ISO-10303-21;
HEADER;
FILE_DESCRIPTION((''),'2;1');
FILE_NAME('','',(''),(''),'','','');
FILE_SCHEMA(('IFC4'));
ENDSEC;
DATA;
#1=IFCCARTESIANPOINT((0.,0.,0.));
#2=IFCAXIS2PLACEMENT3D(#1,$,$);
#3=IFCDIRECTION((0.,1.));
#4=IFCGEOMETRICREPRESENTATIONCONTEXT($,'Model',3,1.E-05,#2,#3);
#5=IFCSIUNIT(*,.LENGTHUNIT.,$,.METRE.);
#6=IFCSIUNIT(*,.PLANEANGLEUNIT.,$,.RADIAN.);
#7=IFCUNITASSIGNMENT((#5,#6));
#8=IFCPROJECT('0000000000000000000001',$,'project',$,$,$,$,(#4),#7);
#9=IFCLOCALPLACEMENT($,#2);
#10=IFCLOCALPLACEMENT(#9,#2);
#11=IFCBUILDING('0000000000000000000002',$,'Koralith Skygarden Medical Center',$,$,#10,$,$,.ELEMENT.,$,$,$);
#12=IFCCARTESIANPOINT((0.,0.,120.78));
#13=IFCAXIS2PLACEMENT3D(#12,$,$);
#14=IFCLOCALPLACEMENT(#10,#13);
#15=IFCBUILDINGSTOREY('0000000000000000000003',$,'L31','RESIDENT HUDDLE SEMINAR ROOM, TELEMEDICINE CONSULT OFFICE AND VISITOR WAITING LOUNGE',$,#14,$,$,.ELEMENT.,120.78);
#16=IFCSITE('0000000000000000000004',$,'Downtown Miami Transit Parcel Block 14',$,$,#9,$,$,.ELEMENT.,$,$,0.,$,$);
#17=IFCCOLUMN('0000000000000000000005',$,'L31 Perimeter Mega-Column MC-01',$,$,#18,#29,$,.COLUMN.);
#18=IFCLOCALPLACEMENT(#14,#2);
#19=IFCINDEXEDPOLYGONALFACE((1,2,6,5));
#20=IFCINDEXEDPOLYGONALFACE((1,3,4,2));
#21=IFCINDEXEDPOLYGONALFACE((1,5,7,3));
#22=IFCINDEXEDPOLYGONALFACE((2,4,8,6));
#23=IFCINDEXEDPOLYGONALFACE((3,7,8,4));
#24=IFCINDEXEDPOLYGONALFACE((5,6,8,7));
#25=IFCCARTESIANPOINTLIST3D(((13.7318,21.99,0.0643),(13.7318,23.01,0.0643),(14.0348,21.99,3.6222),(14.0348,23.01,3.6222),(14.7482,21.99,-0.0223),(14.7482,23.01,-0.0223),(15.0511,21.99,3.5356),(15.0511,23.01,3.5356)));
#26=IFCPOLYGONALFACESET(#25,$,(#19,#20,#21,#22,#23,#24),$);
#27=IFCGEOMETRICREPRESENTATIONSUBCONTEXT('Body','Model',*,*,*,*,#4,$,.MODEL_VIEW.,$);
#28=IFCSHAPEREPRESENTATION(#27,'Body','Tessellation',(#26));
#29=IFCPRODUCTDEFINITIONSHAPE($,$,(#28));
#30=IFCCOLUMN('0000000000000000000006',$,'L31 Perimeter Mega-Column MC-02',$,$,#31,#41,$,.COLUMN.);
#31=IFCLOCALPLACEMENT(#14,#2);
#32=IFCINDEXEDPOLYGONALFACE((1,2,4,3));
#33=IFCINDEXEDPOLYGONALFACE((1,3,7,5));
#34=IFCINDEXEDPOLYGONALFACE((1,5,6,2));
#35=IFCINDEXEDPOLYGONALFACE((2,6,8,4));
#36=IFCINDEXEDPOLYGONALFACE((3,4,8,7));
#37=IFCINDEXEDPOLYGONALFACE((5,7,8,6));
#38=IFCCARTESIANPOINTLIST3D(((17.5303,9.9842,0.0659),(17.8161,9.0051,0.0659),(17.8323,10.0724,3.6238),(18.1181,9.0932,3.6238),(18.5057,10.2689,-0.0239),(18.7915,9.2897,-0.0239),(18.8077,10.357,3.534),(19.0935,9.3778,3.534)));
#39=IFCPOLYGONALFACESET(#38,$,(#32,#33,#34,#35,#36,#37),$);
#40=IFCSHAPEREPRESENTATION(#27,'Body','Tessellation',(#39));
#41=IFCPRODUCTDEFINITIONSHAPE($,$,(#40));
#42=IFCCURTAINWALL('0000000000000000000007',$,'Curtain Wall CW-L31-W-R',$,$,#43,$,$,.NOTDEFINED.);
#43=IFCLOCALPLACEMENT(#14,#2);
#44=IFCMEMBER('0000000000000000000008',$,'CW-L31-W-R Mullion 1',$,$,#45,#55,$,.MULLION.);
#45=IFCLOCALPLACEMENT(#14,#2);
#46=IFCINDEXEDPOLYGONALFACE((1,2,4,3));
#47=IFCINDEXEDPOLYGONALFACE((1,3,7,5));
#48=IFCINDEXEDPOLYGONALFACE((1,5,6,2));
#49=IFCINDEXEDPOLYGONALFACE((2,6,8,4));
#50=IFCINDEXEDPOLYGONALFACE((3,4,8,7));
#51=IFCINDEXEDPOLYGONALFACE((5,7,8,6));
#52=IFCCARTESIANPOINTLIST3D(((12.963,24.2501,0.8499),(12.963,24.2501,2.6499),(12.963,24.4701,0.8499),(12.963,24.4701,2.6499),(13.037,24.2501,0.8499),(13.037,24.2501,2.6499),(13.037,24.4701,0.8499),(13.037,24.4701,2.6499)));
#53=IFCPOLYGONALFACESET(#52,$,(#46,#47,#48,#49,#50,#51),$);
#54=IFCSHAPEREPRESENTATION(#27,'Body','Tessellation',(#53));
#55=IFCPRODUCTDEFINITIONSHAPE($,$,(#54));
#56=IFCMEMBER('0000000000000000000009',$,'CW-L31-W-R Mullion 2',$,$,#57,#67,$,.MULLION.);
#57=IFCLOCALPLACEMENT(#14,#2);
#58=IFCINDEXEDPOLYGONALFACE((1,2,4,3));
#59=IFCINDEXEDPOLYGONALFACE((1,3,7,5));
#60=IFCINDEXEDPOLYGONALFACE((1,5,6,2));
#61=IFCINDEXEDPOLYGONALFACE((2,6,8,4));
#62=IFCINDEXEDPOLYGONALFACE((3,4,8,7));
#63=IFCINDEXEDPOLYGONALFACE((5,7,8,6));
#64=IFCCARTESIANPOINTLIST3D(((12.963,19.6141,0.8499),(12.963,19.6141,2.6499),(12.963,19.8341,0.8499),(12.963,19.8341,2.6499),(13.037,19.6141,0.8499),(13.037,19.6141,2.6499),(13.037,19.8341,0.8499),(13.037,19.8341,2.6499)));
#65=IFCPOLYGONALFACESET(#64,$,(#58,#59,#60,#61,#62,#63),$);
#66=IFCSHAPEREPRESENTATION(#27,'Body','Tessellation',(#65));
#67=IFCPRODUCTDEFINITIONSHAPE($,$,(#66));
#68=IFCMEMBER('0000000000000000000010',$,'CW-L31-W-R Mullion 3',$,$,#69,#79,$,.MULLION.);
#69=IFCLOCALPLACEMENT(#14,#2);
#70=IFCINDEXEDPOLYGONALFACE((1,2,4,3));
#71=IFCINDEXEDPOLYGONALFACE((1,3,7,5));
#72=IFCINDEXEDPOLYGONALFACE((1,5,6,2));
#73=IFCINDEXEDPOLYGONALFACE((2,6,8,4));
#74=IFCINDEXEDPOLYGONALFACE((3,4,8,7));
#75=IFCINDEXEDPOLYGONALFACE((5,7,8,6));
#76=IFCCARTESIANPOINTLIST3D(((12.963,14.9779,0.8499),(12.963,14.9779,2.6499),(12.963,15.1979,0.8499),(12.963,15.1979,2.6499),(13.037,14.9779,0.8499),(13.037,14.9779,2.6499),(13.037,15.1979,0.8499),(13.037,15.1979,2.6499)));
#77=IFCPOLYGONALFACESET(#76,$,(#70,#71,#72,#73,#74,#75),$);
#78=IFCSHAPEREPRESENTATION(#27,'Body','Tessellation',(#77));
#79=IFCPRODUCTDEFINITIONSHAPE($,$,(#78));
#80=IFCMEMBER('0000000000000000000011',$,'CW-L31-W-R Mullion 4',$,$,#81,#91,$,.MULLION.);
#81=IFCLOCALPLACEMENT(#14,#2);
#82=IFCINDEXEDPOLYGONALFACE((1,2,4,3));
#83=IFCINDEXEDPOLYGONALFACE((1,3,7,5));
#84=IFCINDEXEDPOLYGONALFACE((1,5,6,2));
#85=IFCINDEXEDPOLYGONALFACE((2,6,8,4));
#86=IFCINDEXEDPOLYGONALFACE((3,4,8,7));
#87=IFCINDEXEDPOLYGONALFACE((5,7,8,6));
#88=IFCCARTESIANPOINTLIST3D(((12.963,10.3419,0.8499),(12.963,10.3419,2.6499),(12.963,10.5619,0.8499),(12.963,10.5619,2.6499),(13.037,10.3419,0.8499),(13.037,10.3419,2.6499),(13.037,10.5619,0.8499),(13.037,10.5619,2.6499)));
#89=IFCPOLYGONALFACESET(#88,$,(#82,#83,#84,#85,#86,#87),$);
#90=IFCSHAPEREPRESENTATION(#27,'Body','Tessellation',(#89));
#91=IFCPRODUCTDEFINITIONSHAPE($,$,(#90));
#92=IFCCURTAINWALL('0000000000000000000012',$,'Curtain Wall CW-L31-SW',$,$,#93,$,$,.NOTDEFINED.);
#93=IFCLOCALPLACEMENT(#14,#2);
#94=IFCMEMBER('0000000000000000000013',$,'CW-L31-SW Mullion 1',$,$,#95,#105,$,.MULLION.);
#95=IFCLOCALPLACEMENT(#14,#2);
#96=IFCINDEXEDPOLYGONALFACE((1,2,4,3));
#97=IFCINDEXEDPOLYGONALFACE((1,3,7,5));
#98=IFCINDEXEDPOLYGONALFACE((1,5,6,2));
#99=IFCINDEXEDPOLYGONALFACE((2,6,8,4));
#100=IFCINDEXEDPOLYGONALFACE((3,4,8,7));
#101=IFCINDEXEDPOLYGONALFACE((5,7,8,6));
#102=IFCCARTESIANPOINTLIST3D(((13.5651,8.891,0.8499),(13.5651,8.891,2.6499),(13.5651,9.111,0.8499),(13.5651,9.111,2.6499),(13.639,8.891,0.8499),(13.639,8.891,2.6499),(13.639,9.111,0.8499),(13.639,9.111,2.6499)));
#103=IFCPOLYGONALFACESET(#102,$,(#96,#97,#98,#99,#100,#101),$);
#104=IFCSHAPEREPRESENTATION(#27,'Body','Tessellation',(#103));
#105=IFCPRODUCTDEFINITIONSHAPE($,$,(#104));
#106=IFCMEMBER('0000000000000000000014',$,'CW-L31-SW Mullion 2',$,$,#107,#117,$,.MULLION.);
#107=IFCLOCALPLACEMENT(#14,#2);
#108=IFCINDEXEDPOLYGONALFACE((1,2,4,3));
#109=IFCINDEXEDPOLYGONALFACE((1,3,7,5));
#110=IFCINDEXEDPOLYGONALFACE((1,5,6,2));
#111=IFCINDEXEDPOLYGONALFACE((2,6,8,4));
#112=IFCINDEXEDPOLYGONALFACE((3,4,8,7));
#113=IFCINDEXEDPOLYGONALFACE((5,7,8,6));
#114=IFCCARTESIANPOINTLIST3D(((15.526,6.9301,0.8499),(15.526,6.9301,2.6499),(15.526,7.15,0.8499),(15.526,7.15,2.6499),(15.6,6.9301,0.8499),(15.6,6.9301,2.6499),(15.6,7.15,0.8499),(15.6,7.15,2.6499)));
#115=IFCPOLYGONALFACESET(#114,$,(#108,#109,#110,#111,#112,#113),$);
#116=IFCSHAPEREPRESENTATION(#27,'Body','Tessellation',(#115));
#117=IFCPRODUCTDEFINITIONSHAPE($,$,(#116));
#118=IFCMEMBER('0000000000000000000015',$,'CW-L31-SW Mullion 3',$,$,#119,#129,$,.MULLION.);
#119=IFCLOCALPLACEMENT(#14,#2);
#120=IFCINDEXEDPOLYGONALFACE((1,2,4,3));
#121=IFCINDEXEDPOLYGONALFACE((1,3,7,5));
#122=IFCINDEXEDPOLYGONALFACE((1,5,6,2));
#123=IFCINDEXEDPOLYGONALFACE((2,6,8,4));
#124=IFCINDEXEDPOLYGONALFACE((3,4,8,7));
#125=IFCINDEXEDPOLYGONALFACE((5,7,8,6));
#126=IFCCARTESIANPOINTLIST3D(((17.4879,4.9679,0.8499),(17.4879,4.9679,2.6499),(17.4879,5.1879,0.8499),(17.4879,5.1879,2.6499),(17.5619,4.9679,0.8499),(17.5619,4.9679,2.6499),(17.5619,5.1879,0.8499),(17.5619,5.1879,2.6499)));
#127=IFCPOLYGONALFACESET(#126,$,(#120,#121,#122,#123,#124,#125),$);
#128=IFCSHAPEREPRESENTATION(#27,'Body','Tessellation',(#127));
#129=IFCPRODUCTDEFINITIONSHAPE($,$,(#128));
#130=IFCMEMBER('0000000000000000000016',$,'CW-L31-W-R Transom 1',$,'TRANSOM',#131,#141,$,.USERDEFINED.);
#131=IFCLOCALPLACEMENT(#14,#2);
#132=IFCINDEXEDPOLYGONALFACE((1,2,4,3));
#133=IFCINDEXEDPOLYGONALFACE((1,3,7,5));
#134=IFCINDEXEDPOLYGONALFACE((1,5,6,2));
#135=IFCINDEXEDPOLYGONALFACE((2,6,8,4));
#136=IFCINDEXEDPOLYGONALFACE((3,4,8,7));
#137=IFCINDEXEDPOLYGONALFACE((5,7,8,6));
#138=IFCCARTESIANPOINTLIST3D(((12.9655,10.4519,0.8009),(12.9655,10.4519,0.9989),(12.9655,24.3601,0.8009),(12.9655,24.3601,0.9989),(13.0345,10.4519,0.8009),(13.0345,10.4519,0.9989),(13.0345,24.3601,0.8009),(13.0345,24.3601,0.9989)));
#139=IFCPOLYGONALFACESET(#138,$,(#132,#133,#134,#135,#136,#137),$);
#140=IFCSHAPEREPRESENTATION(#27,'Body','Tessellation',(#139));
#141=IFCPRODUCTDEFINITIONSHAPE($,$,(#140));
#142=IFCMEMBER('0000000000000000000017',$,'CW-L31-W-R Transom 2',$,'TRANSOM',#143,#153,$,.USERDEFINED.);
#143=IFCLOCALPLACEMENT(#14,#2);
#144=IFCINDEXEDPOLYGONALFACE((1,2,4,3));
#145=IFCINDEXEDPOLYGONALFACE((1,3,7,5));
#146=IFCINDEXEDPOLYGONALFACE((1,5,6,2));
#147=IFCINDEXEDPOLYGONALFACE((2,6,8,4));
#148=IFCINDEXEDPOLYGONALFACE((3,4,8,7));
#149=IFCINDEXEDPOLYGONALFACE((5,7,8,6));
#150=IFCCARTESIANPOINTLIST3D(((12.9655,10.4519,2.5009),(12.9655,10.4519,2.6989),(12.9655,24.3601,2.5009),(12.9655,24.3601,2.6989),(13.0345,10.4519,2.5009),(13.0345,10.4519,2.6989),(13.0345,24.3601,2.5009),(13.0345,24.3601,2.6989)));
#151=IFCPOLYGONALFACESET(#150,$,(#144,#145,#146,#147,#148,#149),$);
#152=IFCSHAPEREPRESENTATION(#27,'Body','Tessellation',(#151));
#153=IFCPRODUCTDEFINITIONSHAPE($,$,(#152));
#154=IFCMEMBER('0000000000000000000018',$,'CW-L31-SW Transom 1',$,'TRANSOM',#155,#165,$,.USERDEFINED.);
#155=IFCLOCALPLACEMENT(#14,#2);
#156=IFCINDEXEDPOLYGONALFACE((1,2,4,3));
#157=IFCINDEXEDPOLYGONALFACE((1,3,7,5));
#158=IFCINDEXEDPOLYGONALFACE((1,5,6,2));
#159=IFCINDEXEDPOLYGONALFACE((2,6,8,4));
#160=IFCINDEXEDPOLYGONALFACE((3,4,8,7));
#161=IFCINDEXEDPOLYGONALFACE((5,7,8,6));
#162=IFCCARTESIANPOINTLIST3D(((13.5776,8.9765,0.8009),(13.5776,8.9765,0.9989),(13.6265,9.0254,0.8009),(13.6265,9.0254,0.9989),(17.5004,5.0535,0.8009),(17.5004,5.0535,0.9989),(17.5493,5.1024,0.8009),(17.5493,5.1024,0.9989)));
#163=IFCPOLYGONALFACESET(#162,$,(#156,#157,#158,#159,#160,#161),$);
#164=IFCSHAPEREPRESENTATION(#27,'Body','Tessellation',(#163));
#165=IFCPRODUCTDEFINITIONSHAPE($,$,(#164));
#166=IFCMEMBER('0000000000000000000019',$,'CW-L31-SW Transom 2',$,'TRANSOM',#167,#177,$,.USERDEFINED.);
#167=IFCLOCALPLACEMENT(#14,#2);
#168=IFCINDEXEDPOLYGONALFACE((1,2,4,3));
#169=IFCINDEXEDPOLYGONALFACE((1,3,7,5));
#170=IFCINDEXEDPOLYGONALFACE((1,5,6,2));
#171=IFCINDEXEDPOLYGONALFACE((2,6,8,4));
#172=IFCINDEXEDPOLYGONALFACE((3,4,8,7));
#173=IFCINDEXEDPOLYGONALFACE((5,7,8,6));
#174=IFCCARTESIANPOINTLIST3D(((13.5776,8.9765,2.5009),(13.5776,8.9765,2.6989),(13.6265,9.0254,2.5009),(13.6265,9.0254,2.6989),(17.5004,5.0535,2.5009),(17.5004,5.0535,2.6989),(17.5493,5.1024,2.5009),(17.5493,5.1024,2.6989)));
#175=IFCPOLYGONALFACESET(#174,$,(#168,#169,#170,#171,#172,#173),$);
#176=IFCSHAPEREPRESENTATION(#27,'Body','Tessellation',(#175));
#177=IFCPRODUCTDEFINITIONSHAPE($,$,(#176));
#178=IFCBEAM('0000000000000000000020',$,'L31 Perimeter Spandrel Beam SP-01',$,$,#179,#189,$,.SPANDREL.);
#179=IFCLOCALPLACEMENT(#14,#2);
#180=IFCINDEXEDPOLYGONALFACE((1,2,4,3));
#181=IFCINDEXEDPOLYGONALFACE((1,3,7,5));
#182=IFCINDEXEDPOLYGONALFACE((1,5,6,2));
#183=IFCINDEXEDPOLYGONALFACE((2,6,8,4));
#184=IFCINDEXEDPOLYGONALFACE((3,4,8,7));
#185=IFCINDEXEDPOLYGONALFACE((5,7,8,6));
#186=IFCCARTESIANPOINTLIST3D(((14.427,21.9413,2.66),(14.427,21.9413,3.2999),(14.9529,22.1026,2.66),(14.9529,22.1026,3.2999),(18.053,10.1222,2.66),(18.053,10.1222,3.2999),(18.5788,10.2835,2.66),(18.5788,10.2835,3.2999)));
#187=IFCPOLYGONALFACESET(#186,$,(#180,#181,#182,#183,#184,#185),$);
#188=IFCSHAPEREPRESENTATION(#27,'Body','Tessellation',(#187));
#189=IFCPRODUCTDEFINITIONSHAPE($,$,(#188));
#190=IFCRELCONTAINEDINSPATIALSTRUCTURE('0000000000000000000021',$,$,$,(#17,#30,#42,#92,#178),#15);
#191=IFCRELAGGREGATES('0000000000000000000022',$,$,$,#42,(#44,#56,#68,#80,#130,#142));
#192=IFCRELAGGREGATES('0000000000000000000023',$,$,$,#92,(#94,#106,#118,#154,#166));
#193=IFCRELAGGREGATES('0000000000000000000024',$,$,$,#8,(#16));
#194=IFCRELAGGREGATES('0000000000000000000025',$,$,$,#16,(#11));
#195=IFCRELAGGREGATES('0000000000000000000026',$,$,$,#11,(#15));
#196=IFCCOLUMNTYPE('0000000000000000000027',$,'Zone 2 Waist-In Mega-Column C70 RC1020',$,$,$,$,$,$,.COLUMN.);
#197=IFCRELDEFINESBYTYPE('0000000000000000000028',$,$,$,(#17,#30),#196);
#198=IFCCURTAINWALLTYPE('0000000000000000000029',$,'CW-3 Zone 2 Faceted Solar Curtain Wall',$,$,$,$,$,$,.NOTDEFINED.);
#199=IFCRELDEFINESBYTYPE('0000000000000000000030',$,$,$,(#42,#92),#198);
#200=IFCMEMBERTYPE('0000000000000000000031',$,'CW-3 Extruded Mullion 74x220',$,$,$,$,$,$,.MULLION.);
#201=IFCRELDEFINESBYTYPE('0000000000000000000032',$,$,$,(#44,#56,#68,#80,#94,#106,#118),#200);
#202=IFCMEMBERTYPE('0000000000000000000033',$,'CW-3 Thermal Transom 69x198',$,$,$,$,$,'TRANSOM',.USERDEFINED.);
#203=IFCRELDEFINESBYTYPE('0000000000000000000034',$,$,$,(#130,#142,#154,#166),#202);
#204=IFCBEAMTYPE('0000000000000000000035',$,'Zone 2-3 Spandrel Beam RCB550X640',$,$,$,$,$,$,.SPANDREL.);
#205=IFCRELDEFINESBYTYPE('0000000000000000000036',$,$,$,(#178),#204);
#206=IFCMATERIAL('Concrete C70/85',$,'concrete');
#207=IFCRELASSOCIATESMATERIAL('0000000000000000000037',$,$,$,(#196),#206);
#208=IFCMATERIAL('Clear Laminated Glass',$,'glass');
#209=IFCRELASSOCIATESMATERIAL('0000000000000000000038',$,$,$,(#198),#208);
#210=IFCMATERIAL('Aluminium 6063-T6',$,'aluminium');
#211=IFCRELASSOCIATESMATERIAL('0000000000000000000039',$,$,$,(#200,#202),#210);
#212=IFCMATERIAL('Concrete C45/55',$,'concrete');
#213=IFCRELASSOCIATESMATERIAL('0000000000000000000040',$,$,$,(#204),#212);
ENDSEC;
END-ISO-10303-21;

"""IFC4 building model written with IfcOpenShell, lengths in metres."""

from ifc_helpers import new_model, si_unit, direction, frame, origin, origin_2d, place, context, subcontext, project, spatial, rectangle, extrude, material, material_profile, profile_set, type_object, element, aggregate, save


model = new_model("IFC4")

# Units and contexts
model_context = context("Model", 3, precision=1e-05, world=origin(), true_north=direction((0.0, 1.0)))
body_context = subcontext(model_context, "Body", "Model", "MODEL_VIEW")
ifc_project = project(units=[si_unit("LENGTHUNIT", "METRE"), si_unit("PLANEANGLEUNIT", "RADIAN")], contexts=[model_context])

# Site, building, storey
site_placement = place(None, origin())
site = spatial("IfcSite", under=ifc_project, at=site_placement, Name="Downtown Miami Transit Parcel Block 14", CompositionType="ELEMENT", RefElevation=0.0)
building_placement = place(site_placement, origin())
building = spatial("IfcBuilding", under=site, at=building_placement, Name="Koralith Skygarden Medical Center", CompositionType="ELEMENT")
storey_placement = place(building_placement, frame((0.0, 0.0, 120.78)))
storey = spatial("IfcBuildingStorey", under=building, at=storey_placement, Name="L31", Description="RESIDENT HUDDLE SEMINAR ROOM, TELEMEDICINE CONSULT OFFICE AND VISITOR WAITING LOUNGE", CompositionType="ELEMENT", Elevation=120.78)

# Columns
ifc_material_1 = material(Name="Concrete C70/85", Category="concrete")
ifc_material_profile_1 = material_profile(ifc_material_1, rectangle(XDim=1.02, YDim=1.02, at=origin_2d()), Name="RC1020X1020")
ifc_profile_set_1 = profile_set([ifc_material_profile_1], Name="Concrete C70/85")
column_type = type_object("IfcColumnType", Name="Zone 2 Waist-In Mega-Column C70 RC1020", PredefinedType="COLUMN", material=ifc_profile_set_1)
column_1_placement = place(storey_placement, frame((14.24, 22.5, 0.021), z_axis=(0.08485, 0.0, 0.996394), x_axis=(0.0, 1.0, 0.0)))
element("IfcColumn", 1, at=column_1_placement, inside=storey, type_object=column_type, Name="L31 Perimeter Mega-Column MC-01", PredefinedType="COLUMN", context=body_context, shape_type="SweptSolid", body=[
    extrude(rectangle(XDim=1.02, YDim=1.02, at=origin_2d()), origin(), (0.0, 0.0, 1.0), 3.5708),
])
column_2_placement = place(storey_placement, frame((18.1609, 9.637, 0.021), z_axis=(0.084553, 0.024676, 0.996113), x_axis=(-0.280149, 0.959957, 0.0)))
element("IfcColumn", 2, at=column_2_placement, inside=storey, type_object=column_type, Name="L31 Perimeter Mega-Column MC-02", PredefinedType="COLUMN", context=body_context, shape_type="SweptSolid", body=[
    extrude(rectangle(XDim=1.02, YDim=1.02, at=origin_2d()), origin(), (0.0, 0.0, 1.0), 3.5718),
])

# Curtain walls, members
ifc_material_2 = material(Name="Clear Laminated Glass", Category="glass")
curtain_wall_type = type_object("IfcCurtainWallType", Name="CW-3 Zone 2 Faceted Solar Curtain Wall", PredefinedType="NOTDEFINED", material=ifc_material_2)
curtain_wall_1_placement = place(storey_placement, origin())
curtain_wall_1 = element("IfcCurtainWall", 3, at=curtain_wall_1_placement, inside=storey, type_object=curtain_wall_type, Name="Curtain Wall CW-L31-W-R", PredefinedType="NOTDEFINED")
ifc_material_3 = material(Name="Aluminium 6063-T6", Category="aluminium")
ifc_material_profile_2 = material_profile(ifc_material_3, rectangle(XDim=0.074, YDim=0.22, at=origin_2d()), Name="MUL74X220")
ifc_profile_set_2 = profile_set([ifc_material_profile_2], Name="Aluminium 6063-T6")
member_type_1 = type_object("IfcMemberType", Name="CW-3 Extruded Mullion 74x220", PredefinedType="MULLION", material=ifc_profile_set_2)
member_1_placement = place(storey_placement, frame((13.0, 24.3601, 0.8499), z_axis=(0.0, 0.0, 1.0), x_axis=(1.0, 0.0, 0.0)))
member_1 = element("IfcMember", 4, at=member_1_placement, type_object=member_type_1, Name="CW-L31-W-R Mullion 1", PredefinedType="MULLION", context=body_context, shape_type="SweptSolid", body=[
    extrude(rectangle(XDim=0.074, YDim=0.22, at=origin_2d()), origin(), (0.0, 0.0, 1.0), 1.8),
])
member_2_placement = place(storey_placement, frame((13.0, 19.7241, 0.8499), z_axis=(0.0, 0.0, 1.0), x_axis=(1.0, 0.0, 0.0)))
member_2 = element("IfcMember", 5, at=member_2_placement, type_object=member_type_1, Name="CW-L31-W-R Mullion 2", PredefinedType="MULLION", context=body_context, shape_type="SweptSolid", body=[
    extrude(rectangle(XDim=0.074, YDim=0.22, at=origin_2d()), origin(), (0.0, 0.0, 1.0), 1.8),
])
member_3_placement = place(storey_placement, frame((13.0, 15.0879, 0.8499), z_axis=(0.0, 0.0, 1.0), x_axis=(1.0, 0.0, 0.0)))
member_3 = element("IfcMember", 6, at=member_3_placement, type_object=member_type_1, Name="CW-L31-W-R Mullion 3", PredefinedType="MULLION", context=body_context, shape_type="SweptSolid", body=[
    extrude(rectangle(XDim=0.074, YDim=0.22, at=origin_2d()), origin(), (0.0, 0.0, 1.0), 1.8),
])
member_4_placement = place(storey_placement, frame((13.0, 10.4519, 0.8499), z_axis=(0.0, 0.0, 1.0), x_axis=(1.0, 0.0, 0.0)))
member_4 = element("IfcMember", 7, at=member_4_placement, type_object=member_type_1, Name="CW-L31-W-R Mullion 4", PredefinedType="MULLION", context=body_context, shape_type="SweptSolid", body=[
    extrude(rectangle(XDim=0.074, YDim=0.22, at=origin_2d()), origin(), (0.0, 0.0, 1.0), 1.8),
])
curtain_wall_2_placement = place(storey_placement, origin())
curtain_wall_2 = element("IfcCurtainWall", 8, at=curtain_wall_2_placement, inside=storey, type_object=curtain_wall_type, Name="Curtain Wall CW-L31-SW", PredefinedType="NOTDEFINED")
member_5_placement = place(storey_placement, frame((13.6021, 9.001, 0.8499), z_axis=(0.0, 0.0, 1.0), x_axis=(1.0, 0.0, 0.0)))
member_5 = element("IfcMember", 9, at=member_5_placement, type_object=member_type_1, Name="CW-L31-SW Mullion 1", PredefinedType="MULLION", context=body_context, shape_type="SweptSolid", body=[
    extrude(rectangle(XDim=0.074, YDim=0.22, at=origin_2d()), origin(), (0.0, 0.0, 1.0), 1.8),
])
member_6_placement = place(storey_placement, frame((15.563, 7.04, 0.8499), z_axis=(0.0, 0.0, 1.0), x_axis=(1.0, 0.0, 0.0)))
member_6 = element("IfcMember", 10, at=member_6_placement, type_object=member_type_1, Name="CW-L31-SW Mullion 2", PredefinedType="MULLION", context=body_context, shape_type="SweptSolid", body=[
    extrude(rectangle(XDim=0.074, YDim=0.22, at=origin_2d()), origin(), (0.0, 0.0, 1.0), 1.8),
])
member_7_placement = place(storey_placement, frame((17.5249, 5.0779, 0.8499), z_axis=(0.0, 0.0, 1.0), x_axis=(1.0, 0.0, 0.0)))
member_7 = element("IfcMember", 11, at=member_7_placement, type_object=member_type_1, Name="CW-L31-SW Mullion 3", PredefinedType="MULLION", context=body_context, shape_type="SweptSolid", body=[
    extrude(rectangle(XDim=0.074, YDim=0.22, at=origin_2d()), origin(), (0.0, 0.0, 1.0), 1.8),
])

# Members
ifc_material_profile_3 = material_profile(ifc_material_3, rectangle(XDim=0.0691, YDim=0.198, at=origin_2d()), Name="TRN69X198")
ifc_profile_set_3 = profile_set([ifc_material_profile_3], Name="Aluminium 6063-T6")
member_type_2 = type_object("IfcMemberType", Name="CW-3 Thermal Transom 69x198", ElementType="TRANSOM", PredefinedType="USERDEFINED", material=ifc_profile_set_3)
member_8_placement = place(storey_placement, frame((13.0, 24.3601, 0.8999), z_axis=(0.0, -1.0, 0.0), x_axis=(1.0, 0.0, 0.0)))
member_8 = element("IfcMember", 12, at=member_8_placement, type_object=member_type_2, Name="CW-L31-W-R Transom 1", ObjectType="TRANSOM", PredefinedType="USERDEFINED", context=body_context, shape_type="SweptSolid", body=[
    extrude(rectangle(XDim=0.0691, YDim=0.198, at=origin_2d()), origin(), (0.0, 0.0, 1.0), 13.9082),
])
member_9_placement = place(storey_placement, frame((13.0, 24.3601, 2.5999), z_axis=(0.0, -1.0, 0.0), x_axis=(1.0, 0.0, 0.0)))
member_9 = element("IfcMember", 13, at=member_9_placement, type_object=member_type_2, Name="CW-L31-W-R Transom 2", ObjectType="TRANSOM", PredefinedType="USERDEFINED", context=body_context, shape_type="SweptSolid", body=[
    extrude(rectangle(XDim=0.0691, YDim=0.198, at=origin_2d()), origin(), (0.0, 0.0, 1.0), 13.9082),
])
member_10_placement = place(storey_placement, frame((13.6021, 9.001, 0.8999), z_axis=(0.707085, -0.707129, 0.0), x_axis=(0.707129, 0.707085, 0.0)))
member_10 = element("IfcMember", 14, at=member_10_placement, type_object=member_type_2, Name="CW-L31-SW Transom 1", ObjectType="TRANSOM", PredefinedType="USERDEFINED", context=body_context, shape_type="SweptSolid", body=[
    extrude(rectangle(XDim=0.0691, YDim=0.198, at=origin_2d()), origin(), (0.0, 0.0, 1.0), 5.5479),
])
member_11_placement = place(storey_placement, frame((13.6021, 9.001, 2.5999), z_axis=(0.707085, -0.707129, 0.0), x_axis=(0.707129, 0.707085, 0.0)))
member_11 = element("IfcMember", 15, at=member_11_placement, type_object=member_type_2, Name="CW-L31-SW Transom 2", ObjectType="TRANSOM", PredefinedType="USERDEFINED", context=body_context, shape_type="SweptSolid", body=[
    extrude(rectangle(XDim=0.0691, YDim=0.198, at=origin_2d()), origin(), (0.0, 0.0, 1.0), 5.5479),
])

# Beam
ifc_material_4 = material(Name="Concrete C45/55", Category="concrete")
ifc_material_profile_4 = material_profile(ifc_material_4, rectangle(XDim=0.55, YDim=0.6399, at=origin_2d()), Name="RCB550X640")
ifc_profile_set_4 = profile_set([ifc_material_profile_4], Name="Concrete C45/55")
beam_type = type_object("IfcBeamType", Name="Zone 2-3 Spandrel Beam RCB550X640", PredefinedType="SPANDREL", material=ifc_profile_set_4)
beam_placement = place(storey_placement, frame((14.6899, 22.022, 2.98), z_axis=(0.293298, -0.956021, 0.0), x_axis=(0.956021, 0.293298, 0.0)))
element("IfcBeam", 16, at=beam_placement, inside=storey, type_object=beam_type, Name="L31 Perimeter Spandrel Beam SP-01", PredefinedType="SPANDREL", context=body_context, shape_type="SweptSolid", body=[
    extrude(rectangle(XDim=0.55, YDim=0.6399, at=origin_2d()), origin(), (0.0, 0.0, 1.0), 12.3628),
])

aggregate(curtain_wall_1, [member_1, member_2, member_3, member_4, member_8, member_9])
aggregate(curtain_wall_2, [member_5, member_6, member_7, member_10, member_11])

save(model, "model.ifc")
